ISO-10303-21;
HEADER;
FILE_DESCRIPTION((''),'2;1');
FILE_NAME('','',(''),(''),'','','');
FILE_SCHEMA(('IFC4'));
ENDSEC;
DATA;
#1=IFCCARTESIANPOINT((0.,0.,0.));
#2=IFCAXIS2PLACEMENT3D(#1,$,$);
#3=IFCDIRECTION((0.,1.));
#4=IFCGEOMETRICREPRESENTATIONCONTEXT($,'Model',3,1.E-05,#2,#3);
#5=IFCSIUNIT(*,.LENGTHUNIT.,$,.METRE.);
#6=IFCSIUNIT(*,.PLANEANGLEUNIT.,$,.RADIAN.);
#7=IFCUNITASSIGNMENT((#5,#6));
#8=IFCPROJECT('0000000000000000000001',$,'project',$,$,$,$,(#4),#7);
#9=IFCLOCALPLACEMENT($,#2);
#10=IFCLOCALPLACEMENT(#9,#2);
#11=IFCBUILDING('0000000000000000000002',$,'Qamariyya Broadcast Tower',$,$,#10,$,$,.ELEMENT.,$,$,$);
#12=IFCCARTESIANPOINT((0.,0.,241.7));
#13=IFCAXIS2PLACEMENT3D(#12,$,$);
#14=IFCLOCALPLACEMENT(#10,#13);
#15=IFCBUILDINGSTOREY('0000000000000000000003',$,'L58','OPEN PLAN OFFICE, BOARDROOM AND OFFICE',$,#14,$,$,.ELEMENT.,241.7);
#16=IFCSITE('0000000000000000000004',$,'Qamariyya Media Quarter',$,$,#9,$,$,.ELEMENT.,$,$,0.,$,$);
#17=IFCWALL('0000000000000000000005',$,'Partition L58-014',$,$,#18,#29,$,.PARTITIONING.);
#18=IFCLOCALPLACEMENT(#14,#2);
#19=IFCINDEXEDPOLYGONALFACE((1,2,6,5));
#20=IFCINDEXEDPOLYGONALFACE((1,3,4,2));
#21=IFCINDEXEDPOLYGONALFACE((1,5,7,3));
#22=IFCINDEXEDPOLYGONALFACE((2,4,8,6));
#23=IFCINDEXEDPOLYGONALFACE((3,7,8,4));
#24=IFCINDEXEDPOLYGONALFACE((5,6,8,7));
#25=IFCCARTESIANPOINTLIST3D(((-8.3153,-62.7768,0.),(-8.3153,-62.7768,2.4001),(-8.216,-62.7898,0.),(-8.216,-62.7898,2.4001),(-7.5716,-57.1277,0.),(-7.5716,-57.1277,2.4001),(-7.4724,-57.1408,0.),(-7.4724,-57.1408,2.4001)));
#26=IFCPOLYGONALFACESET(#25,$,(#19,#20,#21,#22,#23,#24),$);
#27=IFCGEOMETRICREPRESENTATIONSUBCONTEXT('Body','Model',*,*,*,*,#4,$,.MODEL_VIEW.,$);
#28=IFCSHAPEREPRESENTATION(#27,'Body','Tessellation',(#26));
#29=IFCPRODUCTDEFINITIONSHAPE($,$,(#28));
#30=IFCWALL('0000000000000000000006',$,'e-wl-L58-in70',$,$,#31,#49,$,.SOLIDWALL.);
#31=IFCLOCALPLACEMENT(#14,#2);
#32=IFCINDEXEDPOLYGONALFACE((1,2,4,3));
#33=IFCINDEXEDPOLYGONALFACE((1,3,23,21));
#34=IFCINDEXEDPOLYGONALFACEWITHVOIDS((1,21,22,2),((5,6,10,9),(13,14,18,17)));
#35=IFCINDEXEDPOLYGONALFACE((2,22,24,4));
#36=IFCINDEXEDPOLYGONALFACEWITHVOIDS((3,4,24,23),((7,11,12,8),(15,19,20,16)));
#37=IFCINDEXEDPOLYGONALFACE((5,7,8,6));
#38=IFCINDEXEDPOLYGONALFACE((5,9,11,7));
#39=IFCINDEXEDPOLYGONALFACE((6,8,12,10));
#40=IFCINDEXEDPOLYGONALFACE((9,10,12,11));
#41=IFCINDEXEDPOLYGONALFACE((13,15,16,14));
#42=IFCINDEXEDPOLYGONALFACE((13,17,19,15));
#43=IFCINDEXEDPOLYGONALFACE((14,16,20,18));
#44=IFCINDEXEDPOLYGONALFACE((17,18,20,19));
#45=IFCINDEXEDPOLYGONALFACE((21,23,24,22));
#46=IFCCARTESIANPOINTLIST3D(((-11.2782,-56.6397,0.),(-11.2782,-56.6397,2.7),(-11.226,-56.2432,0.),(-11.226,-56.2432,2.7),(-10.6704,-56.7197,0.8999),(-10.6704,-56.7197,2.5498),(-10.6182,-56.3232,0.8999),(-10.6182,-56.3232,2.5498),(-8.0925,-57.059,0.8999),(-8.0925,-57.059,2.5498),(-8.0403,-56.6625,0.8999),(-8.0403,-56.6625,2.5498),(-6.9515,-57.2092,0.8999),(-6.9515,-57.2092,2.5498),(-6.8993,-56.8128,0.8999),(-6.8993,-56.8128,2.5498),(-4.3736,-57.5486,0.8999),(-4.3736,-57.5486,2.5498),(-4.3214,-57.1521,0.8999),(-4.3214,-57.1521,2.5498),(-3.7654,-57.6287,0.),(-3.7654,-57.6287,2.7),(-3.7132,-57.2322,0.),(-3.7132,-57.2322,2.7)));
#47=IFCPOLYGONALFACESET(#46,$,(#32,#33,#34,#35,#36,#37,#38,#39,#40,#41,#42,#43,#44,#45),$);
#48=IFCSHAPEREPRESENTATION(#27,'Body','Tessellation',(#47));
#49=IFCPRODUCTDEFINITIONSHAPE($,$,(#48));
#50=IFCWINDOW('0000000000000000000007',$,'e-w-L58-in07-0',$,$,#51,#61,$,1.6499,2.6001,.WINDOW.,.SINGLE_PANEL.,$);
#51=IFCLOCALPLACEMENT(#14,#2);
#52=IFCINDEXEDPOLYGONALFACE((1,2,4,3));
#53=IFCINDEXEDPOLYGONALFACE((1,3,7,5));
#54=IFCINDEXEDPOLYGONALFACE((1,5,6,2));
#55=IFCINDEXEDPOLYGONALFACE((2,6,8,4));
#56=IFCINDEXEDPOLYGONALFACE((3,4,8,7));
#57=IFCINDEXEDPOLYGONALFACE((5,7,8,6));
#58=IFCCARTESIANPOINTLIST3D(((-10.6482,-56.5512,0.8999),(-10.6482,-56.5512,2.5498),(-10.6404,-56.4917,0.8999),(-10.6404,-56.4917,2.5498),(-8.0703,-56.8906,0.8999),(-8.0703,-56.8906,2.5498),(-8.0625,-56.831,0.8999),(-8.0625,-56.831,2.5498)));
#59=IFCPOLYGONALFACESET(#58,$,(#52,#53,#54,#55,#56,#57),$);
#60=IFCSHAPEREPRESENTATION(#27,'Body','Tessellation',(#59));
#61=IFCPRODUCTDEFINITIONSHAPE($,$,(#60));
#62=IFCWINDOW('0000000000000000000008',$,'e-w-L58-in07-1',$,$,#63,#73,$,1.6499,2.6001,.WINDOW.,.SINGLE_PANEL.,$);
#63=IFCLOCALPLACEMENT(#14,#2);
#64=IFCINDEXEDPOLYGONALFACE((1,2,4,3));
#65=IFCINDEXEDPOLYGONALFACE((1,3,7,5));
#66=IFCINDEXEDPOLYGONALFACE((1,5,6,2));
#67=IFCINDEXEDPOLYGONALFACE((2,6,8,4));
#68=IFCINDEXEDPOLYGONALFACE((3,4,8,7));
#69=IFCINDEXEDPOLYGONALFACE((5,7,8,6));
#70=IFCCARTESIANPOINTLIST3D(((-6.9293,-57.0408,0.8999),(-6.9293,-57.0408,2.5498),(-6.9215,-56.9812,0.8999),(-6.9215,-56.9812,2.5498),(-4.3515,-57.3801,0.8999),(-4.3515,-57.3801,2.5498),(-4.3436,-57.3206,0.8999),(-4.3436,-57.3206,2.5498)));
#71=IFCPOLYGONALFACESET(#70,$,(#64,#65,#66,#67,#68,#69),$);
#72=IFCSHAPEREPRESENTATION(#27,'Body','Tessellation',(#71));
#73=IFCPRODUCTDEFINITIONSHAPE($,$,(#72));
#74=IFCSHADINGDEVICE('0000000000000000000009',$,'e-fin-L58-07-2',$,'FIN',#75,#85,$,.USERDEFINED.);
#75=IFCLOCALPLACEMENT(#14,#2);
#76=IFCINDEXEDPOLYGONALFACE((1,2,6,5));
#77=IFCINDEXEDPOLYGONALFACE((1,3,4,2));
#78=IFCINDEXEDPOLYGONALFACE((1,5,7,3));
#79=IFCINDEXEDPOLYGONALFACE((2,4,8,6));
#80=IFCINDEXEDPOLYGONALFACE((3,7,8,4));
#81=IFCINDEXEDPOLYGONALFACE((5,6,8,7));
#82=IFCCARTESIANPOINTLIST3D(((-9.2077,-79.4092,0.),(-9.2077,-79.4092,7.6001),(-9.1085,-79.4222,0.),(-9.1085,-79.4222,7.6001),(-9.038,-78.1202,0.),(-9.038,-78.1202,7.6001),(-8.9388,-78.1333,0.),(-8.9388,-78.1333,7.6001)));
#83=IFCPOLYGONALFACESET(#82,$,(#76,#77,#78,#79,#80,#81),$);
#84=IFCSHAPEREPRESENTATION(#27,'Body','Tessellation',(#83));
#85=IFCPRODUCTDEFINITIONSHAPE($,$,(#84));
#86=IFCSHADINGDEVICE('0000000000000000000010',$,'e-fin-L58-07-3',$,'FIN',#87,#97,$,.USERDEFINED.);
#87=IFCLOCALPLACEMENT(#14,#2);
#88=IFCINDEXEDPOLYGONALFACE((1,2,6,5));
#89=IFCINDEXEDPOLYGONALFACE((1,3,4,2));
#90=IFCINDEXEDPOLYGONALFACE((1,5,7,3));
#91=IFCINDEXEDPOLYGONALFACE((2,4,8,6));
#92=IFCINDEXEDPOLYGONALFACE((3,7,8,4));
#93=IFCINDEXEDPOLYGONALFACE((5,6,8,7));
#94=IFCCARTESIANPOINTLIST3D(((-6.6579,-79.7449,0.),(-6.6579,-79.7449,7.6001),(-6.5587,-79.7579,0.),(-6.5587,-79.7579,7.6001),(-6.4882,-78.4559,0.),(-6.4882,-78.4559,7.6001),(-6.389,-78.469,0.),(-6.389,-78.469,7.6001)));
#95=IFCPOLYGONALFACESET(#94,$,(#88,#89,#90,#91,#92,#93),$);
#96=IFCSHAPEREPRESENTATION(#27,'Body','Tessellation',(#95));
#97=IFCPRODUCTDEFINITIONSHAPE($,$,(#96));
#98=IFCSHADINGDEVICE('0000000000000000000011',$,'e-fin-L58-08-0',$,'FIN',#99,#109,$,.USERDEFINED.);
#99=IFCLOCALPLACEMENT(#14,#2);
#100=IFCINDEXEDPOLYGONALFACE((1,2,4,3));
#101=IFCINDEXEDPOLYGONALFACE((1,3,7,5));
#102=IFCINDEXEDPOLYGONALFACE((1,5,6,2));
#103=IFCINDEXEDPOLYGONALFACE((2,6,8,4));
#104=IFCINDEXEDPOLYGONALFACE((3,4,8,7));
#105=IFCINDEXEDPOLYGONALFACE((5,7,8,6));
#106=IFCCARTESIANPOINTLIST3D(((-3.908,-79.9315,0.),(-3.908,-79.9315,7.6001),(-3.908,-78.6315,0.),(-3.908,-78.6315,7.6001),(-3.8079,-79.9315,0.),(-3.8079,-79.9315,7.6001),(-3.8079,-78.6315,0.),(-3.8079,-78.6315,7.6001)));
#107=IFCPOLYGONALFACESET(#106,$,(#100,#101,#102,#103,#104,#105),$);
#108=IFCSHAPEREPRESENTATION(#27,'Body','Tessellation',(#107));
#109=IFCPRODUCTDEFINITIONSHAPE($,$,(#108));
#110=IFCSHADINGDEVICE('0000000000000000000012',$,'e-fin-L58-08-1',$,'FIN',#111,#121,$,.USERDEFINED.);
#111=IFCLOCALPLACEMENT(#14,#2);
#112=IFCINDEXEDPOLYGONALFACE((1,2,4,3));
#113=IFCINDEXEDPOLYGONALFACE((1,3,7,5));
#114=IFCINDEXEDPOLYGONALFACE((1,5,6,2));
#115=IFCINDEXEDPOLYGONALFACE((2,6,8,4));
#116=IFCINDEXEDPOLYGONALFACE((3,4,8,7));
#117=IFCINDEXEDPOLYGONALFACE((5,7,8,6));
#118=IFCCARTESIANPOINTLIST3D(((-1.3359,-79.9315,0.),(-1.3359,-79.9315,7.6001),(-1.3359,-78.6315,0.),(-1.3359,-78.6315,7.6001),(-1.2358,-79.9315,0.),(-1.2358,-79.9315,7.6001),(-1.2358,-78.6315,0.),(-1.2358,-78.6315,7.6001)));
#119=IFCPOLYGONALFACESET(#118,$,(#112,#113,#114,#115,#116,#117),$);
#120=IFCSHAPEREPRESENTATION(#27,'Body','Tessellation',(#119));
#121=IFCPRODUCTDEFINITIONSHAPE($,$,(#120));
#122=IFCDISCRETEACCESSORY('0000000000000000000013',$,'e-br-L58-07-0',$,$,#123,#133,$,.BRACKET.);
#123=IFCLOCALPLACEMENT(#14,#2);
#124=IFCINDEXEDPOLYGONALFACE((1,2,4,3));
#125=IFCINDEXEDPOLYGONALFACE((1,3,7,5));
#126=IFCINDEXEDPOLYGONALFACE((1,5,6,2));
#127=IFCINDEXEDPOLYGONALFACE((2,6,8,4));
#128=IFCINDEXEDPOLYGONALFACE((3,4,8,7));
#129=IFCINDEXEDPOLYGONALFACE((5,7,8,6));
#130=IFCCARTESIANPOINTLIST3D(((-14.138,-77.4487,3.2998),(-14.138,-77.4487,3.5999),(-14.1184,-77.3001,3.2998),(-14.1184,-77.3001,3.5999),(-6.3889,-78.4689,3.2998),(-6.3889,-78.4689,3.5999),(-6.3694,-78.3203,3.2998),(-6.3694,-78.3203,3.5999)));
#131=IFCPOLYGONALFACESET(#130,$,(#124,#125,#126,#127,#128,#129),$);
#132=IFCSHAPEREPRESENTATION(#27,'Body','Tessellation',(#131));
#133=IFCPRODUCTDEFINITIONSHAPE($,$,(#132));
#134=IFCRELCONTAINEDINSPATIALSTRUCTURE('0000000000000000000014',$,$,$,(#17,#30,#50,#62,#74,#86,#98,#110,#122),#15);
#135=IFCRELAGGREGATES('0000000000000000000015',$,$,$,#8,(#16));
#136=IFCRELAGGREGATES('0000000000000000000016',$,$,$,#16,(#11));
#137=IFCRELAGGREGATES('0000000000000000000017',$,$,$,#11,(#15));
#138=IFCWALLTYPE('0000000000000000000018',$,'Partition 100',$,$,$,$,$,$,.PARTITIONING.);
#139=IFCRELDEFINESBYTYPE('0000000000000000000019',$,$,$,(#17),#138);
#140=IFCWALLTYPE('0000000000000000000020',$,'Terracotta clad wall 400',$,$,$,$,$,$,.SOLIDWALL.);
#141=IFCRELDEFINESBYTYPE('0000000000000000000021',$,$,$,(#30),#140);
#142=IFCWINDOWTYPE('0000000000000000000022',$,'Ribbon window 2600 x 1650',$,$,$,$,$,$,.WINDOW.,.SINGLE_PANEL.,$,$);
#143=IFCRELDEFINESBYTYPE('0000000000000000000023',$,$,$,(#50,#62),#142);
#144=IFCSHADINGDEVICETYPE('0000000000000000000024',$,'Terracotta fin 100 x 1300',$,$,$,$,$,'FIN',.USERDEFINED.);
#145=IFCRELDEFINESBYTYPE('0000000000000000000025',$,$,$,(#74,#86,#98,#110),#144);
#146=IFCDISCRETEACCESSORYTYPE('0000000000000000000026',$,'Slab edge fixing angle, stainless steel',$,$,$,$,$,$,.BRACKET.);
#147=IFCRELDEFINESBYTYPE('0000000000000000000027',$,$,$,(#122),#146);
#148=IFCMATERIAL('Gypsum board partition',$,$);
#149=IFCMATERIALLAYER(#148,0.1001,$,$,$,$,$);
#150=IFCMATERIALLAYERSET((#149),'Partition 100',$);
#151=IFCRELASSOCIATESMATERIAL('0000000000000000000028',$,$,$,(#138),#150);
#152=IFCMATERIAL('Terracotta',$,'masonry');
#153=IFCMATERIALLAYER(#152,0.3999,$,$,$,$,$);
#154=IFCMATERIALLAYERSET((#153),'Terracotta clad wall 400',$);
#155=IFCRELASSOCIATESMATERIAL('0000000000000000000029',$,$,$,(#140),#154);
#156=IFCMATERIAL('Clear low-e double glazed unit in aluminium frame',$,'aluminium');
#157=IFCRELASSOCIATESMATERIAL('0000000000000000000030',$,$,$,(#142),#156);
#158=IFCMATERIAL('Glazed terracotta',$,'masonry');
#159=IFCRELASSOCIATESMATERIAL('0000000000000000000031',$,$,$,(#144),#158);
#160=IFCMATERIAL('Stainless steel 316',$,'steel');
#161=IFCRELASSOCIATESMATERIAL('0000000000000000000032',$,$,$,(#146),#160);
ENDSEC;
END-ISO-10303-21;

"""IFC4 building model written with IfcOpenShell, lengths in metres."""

from ifc_helpers import new_model, si_unit, direction, frame, frame_2d, origin, origin_2d, place, context, subcontext, project, spatial, rectangle, extrude, material, layer, layer_set, material_profile, profile_set, type_object, element, fill, save


model = new_model("IFC4")

# Units and contexts
model_context = context("Model", 3, precision=1e-05, world=origin(), true_north=direction((0.0, 1.0)))
body_context = subcontext(model_context, "Body", "Model", "MODEL_VIEW")
ifc_project = project(units=[si_unit("LENGTHUNIT", "METRE"), si_unit("PLANEANGLEUNIT", "RADIAN")], contexts=[model_context])

# Site, building, storey
site_placement = place(None, origin())
site = spatial("IfcSite", under=ifc_project, at=site_placement, Name="Qamariyya Media Quarter", CompositionType="ELEMENT", RefElevation=0.0)
building_placement = place(site_placement, origin())
building = spatial("IfcBuilding", under=site, at=building_placement, Name="Qamariyya Broadcast Tower", CompositionType="ELEMENT")
storey_placement = place(building_placement, frame((0.0, 0.0, 241.7)))
storey = spatial("IfcBuildingStorey", under=building, at=storey_placement, Name="L58", Description="OPEN PLAN OFFICE, BOARDROOM AND OFFICE", CompositionType="ELEMENT", Elevation=241.7)

# Shared definitions
ifc_material_1 = material(Name="Gypsum board partition")

# Wall
ifc_layer_1 = layer(ifc_material_1, 0.1001)
ifc_layer_set_1 = layer_set([ifc_layer_1], Name="Partition 100")
wall_type_1 = type_object("IfcWallType", Name="Partition 100", PredefinedType="PARTITIONING", material=ifc_layer_set_1)
wall_1_placement = place(storey_placement, frame((-7.522, -57.1343, 0.0), z_axis=(0.0, 0.0, 1.0), x_axis=(-0.130519, -0.991446, 0.0)))
element("IfcWall", 1, at=wall_1_placement, inside=storey, type_object=wall_type_1, Name="Partition L58-014", PredefinedType="PARTITIONING", context=body_context, shape_type="SweptSolid", body=[
    extrude(rectangle(XDim=5.6978, YDim=0.1001, at=frame_2d((2.8489, 0.0))), origin(), (0.0, 0.0, 1.0), 2.4001),
])

# Wall, openings, windows
ifc_material_2 = material(Name="Terracotta", Category="masonry")
ifc_layer_2 = layer(ifc_material_2, 0.3999)
ifc_layer_set_2 = layer_set([ifc_layer_2], Name="Terracotta clad wall 400")
wall_type_2 = type_object("IfcWallType", Name="Terracotta clad wall 400", PredefinedType="SOLIDWALL", material=ifc_layer_set_2)
wall_2_placement = place(storey_placement, frame((-3.7393, -57.4304, 0.0), z_axis=(0.0, 0.0, 1.0), x_axis=(-0.991446, 0.130515, 0.0)))
wall_2 = element("IfcWall", 2, at=wall_2_placement, inside=storey, type_object=wall_type_2, Name="e-wl-L58-in70", PredefinedType="SOLIDWALL", context=body_context, shape_type="SweptSolid", body=[
    extrude(rectangle(XDim=7.5776, YDim=0.3999, at=frame_2d((3.7888, 0.0))), origin(), (0.0, 0.0, 1.0), 2.7),
])
opening_1_placement = place(wall_2_placement, frame((4.3645, 0.0, 0.8999)))
opening_1 = element("IfcOpeningElement", 3, at=opening_1_placement, cuts=wall_2, PredefinedType="OPENING", context=body_context, shape_type="SweptSolid", body=[
    extrude(rectangle(XDim=2.6001, YDim=1.6499, at=frame_2d((1.3, 0.825))), frame((0.0, 0.21, 0.0), z_axis=(0.0, -1.0, 0.0), x_axis=(1.0, 0.0, 0.0)), (0.0, 0.0, 1.0), 0.4199),
])
opening_2_placement = place(wall_2_placement, frame((0.6135, 0.0, 0.8999)))
opening_2 = element("IfcOpeningElement", 4, at=opening_2_placement, cuts=wall_2, PredefinedType="OPENING", context=body_context, shape_type="SweptSolid", body=[
    extrude(rectangle(XDim=2.6001, YDim=1.6499, at=frame_2d((1.3, 0.825))), frame((0.0, 0.21, 0.0), z_axis=(0.0, -1.0, 0.0), x_axis=(1.0, 0.0, 0.0)), (0.0, 0.0, 1.0), 0.4199),
])
ifc_material_3 = material(Name="Clear low-e double glazed unit in aluminium frame", Category="aluminium")
window_type = type_object("IfcWindowType", Name="Ribbon window 2600 x 1650", PartitioningType="SINGLE_PANEL", PredefinedType="WINDOW", material=ifc_material_3)
window_1_placement = place(opening_1_placement, origin())
window_1 = element("IfcWindow", 5, at=window_1_placement, inside=storey, type_object=window_type, Name="e-w-L58-in07-0", OverallHeight=1.6499, OverallWidth=2.6001, PartitioningType="SINGLE_PANEL", PredefinedType="WINDOW", context=body_context, shape_type="SweptSolid", body=[
    extrude(rectangle(XDim=2.6001, YDim=1.6499, at=frame_2d((1.3, 0.825))), frame((0.0, 0.03, 0.0), z_axis=(0.0, -1.0, 0.0), x_axis=(1.0, 0.0, 0.0)), (0.0, 0.0, 1.0), 0.0601),
])
fill(opening_1, window_1)
window_2_placement = place(opening_2_placement, origin())
window_2 = element("IfcWindow", 6, at=window_2_placement, inside=storey, type_object=window_type, Name="e-w-L58-in07-1", OverallHeight=1.6499, OverallWidth=2.6001, PartitioningType="SINGLE_PANEL", PredefinedType="WINDOW", context=body_context, shape_type="SweptSolid", body=[
    extrude(rectangle(XDim=2.6001, YDim=1.6499, at=frame_2d((1.3, 0.825))), frame((0.0, 0.03, 0.0), z_axis=(0.0, -1.0, 0.0), x_axis=(1.0, 0.0, 0.0)), (0.0, 0.0, 1.0), 0.0601),
])
fill(opening_2, window_2)

# Shading devices
ifc_material_4 = material(Name="Glazed terracotta", Category="masonry")
ifc_material_profile_1 = material_profile(ifc_material_4, rectangle(XDim=1.3, YDim=0.1001, at=origin_2d()))
ifc_profile_set_1 = profile_set([ifc_material_profile_1], Name="Glazed terracotta")
shading_device_type_1 = type_object("IfcShadingDeviceType", Name="Terracotta fin 100 x 1300", ElementType="FIN", PredefinedType="USERDEFINED", material=ifc_profile_set_1)
for number, where, z_axis, x_axis, name in (
    (7, (-9.0732, -78.7712, 0.0), (0.0, 0.0, 1.0), (-0.130526, -0.991445, 0.0), "e-fin-L58-07-2"),
    (8, (-6.5234, -79.1069, 0.0), (0.0, 0.0, 1.0), (-0.130526, -0.991445, 0.0), "e-fin-L58-07-3"),
    (9, (-3.8579, -79.2815, 0.0), (0.0, 0.0, 1.0), (0.0, -1.0, 0.0), "e-fin-L58-08-0"),
    (10, (-1.2859, -79.2815, 0.0), (0.0, 0.0, 1.0), (0.0, -1.0, 0.0), "e-fin-L58-08-1"),
):
    element("IfcShadingDevice", number, at=place(storey_placement, frame(where, z_axis=z_axis, x_axis=x_axis)), inside=storey, type_object=shading_device_type_1, Name=name, ObjectType="FIN", PredefinedType="USERDEFINED", context=body_context, shape_type="SweptSolid", body=[
        extrude(rectangle(XDim=1.3, YDim=0.1001, at=origin_2d()), origin(), (0.0, 0.0, 1.0), 7.6001),
    ])

# Discrete accessory
ifc_material_5 = material(Name="Stainless steel 316", Category="steel")
discrete_accessory_type = type_object("IfcDiscreteAccessoryType", Name="Slab edge fixing angle, stainless steel", PredefinedType="BRACKET", material=ifc_material_5)
discrete_accessory_placement = place(storey_placement, frame((-10.2537, -77.8845, 3.2998), z_axis=(0.0, 0.0, 1.0), x_axis=(0.991445, -0.130526, 0.0)))
element("IfcDiscreteAccessory", 11, at=discrete_accessory_placement, inside=storey, type_object=discrete_accessory_type, Name="e-br-L58-07-0", PredefinedType="BRACKET", context=body_context, shape_type="SweptSolid", body=[
    extrude(rectangle(XDim=7.8159, YDim=0.1499, at=origin_2d()), origin(), (0.0, 0.0, 1.0), 0.3),
])

save(model, "model.ifc")
